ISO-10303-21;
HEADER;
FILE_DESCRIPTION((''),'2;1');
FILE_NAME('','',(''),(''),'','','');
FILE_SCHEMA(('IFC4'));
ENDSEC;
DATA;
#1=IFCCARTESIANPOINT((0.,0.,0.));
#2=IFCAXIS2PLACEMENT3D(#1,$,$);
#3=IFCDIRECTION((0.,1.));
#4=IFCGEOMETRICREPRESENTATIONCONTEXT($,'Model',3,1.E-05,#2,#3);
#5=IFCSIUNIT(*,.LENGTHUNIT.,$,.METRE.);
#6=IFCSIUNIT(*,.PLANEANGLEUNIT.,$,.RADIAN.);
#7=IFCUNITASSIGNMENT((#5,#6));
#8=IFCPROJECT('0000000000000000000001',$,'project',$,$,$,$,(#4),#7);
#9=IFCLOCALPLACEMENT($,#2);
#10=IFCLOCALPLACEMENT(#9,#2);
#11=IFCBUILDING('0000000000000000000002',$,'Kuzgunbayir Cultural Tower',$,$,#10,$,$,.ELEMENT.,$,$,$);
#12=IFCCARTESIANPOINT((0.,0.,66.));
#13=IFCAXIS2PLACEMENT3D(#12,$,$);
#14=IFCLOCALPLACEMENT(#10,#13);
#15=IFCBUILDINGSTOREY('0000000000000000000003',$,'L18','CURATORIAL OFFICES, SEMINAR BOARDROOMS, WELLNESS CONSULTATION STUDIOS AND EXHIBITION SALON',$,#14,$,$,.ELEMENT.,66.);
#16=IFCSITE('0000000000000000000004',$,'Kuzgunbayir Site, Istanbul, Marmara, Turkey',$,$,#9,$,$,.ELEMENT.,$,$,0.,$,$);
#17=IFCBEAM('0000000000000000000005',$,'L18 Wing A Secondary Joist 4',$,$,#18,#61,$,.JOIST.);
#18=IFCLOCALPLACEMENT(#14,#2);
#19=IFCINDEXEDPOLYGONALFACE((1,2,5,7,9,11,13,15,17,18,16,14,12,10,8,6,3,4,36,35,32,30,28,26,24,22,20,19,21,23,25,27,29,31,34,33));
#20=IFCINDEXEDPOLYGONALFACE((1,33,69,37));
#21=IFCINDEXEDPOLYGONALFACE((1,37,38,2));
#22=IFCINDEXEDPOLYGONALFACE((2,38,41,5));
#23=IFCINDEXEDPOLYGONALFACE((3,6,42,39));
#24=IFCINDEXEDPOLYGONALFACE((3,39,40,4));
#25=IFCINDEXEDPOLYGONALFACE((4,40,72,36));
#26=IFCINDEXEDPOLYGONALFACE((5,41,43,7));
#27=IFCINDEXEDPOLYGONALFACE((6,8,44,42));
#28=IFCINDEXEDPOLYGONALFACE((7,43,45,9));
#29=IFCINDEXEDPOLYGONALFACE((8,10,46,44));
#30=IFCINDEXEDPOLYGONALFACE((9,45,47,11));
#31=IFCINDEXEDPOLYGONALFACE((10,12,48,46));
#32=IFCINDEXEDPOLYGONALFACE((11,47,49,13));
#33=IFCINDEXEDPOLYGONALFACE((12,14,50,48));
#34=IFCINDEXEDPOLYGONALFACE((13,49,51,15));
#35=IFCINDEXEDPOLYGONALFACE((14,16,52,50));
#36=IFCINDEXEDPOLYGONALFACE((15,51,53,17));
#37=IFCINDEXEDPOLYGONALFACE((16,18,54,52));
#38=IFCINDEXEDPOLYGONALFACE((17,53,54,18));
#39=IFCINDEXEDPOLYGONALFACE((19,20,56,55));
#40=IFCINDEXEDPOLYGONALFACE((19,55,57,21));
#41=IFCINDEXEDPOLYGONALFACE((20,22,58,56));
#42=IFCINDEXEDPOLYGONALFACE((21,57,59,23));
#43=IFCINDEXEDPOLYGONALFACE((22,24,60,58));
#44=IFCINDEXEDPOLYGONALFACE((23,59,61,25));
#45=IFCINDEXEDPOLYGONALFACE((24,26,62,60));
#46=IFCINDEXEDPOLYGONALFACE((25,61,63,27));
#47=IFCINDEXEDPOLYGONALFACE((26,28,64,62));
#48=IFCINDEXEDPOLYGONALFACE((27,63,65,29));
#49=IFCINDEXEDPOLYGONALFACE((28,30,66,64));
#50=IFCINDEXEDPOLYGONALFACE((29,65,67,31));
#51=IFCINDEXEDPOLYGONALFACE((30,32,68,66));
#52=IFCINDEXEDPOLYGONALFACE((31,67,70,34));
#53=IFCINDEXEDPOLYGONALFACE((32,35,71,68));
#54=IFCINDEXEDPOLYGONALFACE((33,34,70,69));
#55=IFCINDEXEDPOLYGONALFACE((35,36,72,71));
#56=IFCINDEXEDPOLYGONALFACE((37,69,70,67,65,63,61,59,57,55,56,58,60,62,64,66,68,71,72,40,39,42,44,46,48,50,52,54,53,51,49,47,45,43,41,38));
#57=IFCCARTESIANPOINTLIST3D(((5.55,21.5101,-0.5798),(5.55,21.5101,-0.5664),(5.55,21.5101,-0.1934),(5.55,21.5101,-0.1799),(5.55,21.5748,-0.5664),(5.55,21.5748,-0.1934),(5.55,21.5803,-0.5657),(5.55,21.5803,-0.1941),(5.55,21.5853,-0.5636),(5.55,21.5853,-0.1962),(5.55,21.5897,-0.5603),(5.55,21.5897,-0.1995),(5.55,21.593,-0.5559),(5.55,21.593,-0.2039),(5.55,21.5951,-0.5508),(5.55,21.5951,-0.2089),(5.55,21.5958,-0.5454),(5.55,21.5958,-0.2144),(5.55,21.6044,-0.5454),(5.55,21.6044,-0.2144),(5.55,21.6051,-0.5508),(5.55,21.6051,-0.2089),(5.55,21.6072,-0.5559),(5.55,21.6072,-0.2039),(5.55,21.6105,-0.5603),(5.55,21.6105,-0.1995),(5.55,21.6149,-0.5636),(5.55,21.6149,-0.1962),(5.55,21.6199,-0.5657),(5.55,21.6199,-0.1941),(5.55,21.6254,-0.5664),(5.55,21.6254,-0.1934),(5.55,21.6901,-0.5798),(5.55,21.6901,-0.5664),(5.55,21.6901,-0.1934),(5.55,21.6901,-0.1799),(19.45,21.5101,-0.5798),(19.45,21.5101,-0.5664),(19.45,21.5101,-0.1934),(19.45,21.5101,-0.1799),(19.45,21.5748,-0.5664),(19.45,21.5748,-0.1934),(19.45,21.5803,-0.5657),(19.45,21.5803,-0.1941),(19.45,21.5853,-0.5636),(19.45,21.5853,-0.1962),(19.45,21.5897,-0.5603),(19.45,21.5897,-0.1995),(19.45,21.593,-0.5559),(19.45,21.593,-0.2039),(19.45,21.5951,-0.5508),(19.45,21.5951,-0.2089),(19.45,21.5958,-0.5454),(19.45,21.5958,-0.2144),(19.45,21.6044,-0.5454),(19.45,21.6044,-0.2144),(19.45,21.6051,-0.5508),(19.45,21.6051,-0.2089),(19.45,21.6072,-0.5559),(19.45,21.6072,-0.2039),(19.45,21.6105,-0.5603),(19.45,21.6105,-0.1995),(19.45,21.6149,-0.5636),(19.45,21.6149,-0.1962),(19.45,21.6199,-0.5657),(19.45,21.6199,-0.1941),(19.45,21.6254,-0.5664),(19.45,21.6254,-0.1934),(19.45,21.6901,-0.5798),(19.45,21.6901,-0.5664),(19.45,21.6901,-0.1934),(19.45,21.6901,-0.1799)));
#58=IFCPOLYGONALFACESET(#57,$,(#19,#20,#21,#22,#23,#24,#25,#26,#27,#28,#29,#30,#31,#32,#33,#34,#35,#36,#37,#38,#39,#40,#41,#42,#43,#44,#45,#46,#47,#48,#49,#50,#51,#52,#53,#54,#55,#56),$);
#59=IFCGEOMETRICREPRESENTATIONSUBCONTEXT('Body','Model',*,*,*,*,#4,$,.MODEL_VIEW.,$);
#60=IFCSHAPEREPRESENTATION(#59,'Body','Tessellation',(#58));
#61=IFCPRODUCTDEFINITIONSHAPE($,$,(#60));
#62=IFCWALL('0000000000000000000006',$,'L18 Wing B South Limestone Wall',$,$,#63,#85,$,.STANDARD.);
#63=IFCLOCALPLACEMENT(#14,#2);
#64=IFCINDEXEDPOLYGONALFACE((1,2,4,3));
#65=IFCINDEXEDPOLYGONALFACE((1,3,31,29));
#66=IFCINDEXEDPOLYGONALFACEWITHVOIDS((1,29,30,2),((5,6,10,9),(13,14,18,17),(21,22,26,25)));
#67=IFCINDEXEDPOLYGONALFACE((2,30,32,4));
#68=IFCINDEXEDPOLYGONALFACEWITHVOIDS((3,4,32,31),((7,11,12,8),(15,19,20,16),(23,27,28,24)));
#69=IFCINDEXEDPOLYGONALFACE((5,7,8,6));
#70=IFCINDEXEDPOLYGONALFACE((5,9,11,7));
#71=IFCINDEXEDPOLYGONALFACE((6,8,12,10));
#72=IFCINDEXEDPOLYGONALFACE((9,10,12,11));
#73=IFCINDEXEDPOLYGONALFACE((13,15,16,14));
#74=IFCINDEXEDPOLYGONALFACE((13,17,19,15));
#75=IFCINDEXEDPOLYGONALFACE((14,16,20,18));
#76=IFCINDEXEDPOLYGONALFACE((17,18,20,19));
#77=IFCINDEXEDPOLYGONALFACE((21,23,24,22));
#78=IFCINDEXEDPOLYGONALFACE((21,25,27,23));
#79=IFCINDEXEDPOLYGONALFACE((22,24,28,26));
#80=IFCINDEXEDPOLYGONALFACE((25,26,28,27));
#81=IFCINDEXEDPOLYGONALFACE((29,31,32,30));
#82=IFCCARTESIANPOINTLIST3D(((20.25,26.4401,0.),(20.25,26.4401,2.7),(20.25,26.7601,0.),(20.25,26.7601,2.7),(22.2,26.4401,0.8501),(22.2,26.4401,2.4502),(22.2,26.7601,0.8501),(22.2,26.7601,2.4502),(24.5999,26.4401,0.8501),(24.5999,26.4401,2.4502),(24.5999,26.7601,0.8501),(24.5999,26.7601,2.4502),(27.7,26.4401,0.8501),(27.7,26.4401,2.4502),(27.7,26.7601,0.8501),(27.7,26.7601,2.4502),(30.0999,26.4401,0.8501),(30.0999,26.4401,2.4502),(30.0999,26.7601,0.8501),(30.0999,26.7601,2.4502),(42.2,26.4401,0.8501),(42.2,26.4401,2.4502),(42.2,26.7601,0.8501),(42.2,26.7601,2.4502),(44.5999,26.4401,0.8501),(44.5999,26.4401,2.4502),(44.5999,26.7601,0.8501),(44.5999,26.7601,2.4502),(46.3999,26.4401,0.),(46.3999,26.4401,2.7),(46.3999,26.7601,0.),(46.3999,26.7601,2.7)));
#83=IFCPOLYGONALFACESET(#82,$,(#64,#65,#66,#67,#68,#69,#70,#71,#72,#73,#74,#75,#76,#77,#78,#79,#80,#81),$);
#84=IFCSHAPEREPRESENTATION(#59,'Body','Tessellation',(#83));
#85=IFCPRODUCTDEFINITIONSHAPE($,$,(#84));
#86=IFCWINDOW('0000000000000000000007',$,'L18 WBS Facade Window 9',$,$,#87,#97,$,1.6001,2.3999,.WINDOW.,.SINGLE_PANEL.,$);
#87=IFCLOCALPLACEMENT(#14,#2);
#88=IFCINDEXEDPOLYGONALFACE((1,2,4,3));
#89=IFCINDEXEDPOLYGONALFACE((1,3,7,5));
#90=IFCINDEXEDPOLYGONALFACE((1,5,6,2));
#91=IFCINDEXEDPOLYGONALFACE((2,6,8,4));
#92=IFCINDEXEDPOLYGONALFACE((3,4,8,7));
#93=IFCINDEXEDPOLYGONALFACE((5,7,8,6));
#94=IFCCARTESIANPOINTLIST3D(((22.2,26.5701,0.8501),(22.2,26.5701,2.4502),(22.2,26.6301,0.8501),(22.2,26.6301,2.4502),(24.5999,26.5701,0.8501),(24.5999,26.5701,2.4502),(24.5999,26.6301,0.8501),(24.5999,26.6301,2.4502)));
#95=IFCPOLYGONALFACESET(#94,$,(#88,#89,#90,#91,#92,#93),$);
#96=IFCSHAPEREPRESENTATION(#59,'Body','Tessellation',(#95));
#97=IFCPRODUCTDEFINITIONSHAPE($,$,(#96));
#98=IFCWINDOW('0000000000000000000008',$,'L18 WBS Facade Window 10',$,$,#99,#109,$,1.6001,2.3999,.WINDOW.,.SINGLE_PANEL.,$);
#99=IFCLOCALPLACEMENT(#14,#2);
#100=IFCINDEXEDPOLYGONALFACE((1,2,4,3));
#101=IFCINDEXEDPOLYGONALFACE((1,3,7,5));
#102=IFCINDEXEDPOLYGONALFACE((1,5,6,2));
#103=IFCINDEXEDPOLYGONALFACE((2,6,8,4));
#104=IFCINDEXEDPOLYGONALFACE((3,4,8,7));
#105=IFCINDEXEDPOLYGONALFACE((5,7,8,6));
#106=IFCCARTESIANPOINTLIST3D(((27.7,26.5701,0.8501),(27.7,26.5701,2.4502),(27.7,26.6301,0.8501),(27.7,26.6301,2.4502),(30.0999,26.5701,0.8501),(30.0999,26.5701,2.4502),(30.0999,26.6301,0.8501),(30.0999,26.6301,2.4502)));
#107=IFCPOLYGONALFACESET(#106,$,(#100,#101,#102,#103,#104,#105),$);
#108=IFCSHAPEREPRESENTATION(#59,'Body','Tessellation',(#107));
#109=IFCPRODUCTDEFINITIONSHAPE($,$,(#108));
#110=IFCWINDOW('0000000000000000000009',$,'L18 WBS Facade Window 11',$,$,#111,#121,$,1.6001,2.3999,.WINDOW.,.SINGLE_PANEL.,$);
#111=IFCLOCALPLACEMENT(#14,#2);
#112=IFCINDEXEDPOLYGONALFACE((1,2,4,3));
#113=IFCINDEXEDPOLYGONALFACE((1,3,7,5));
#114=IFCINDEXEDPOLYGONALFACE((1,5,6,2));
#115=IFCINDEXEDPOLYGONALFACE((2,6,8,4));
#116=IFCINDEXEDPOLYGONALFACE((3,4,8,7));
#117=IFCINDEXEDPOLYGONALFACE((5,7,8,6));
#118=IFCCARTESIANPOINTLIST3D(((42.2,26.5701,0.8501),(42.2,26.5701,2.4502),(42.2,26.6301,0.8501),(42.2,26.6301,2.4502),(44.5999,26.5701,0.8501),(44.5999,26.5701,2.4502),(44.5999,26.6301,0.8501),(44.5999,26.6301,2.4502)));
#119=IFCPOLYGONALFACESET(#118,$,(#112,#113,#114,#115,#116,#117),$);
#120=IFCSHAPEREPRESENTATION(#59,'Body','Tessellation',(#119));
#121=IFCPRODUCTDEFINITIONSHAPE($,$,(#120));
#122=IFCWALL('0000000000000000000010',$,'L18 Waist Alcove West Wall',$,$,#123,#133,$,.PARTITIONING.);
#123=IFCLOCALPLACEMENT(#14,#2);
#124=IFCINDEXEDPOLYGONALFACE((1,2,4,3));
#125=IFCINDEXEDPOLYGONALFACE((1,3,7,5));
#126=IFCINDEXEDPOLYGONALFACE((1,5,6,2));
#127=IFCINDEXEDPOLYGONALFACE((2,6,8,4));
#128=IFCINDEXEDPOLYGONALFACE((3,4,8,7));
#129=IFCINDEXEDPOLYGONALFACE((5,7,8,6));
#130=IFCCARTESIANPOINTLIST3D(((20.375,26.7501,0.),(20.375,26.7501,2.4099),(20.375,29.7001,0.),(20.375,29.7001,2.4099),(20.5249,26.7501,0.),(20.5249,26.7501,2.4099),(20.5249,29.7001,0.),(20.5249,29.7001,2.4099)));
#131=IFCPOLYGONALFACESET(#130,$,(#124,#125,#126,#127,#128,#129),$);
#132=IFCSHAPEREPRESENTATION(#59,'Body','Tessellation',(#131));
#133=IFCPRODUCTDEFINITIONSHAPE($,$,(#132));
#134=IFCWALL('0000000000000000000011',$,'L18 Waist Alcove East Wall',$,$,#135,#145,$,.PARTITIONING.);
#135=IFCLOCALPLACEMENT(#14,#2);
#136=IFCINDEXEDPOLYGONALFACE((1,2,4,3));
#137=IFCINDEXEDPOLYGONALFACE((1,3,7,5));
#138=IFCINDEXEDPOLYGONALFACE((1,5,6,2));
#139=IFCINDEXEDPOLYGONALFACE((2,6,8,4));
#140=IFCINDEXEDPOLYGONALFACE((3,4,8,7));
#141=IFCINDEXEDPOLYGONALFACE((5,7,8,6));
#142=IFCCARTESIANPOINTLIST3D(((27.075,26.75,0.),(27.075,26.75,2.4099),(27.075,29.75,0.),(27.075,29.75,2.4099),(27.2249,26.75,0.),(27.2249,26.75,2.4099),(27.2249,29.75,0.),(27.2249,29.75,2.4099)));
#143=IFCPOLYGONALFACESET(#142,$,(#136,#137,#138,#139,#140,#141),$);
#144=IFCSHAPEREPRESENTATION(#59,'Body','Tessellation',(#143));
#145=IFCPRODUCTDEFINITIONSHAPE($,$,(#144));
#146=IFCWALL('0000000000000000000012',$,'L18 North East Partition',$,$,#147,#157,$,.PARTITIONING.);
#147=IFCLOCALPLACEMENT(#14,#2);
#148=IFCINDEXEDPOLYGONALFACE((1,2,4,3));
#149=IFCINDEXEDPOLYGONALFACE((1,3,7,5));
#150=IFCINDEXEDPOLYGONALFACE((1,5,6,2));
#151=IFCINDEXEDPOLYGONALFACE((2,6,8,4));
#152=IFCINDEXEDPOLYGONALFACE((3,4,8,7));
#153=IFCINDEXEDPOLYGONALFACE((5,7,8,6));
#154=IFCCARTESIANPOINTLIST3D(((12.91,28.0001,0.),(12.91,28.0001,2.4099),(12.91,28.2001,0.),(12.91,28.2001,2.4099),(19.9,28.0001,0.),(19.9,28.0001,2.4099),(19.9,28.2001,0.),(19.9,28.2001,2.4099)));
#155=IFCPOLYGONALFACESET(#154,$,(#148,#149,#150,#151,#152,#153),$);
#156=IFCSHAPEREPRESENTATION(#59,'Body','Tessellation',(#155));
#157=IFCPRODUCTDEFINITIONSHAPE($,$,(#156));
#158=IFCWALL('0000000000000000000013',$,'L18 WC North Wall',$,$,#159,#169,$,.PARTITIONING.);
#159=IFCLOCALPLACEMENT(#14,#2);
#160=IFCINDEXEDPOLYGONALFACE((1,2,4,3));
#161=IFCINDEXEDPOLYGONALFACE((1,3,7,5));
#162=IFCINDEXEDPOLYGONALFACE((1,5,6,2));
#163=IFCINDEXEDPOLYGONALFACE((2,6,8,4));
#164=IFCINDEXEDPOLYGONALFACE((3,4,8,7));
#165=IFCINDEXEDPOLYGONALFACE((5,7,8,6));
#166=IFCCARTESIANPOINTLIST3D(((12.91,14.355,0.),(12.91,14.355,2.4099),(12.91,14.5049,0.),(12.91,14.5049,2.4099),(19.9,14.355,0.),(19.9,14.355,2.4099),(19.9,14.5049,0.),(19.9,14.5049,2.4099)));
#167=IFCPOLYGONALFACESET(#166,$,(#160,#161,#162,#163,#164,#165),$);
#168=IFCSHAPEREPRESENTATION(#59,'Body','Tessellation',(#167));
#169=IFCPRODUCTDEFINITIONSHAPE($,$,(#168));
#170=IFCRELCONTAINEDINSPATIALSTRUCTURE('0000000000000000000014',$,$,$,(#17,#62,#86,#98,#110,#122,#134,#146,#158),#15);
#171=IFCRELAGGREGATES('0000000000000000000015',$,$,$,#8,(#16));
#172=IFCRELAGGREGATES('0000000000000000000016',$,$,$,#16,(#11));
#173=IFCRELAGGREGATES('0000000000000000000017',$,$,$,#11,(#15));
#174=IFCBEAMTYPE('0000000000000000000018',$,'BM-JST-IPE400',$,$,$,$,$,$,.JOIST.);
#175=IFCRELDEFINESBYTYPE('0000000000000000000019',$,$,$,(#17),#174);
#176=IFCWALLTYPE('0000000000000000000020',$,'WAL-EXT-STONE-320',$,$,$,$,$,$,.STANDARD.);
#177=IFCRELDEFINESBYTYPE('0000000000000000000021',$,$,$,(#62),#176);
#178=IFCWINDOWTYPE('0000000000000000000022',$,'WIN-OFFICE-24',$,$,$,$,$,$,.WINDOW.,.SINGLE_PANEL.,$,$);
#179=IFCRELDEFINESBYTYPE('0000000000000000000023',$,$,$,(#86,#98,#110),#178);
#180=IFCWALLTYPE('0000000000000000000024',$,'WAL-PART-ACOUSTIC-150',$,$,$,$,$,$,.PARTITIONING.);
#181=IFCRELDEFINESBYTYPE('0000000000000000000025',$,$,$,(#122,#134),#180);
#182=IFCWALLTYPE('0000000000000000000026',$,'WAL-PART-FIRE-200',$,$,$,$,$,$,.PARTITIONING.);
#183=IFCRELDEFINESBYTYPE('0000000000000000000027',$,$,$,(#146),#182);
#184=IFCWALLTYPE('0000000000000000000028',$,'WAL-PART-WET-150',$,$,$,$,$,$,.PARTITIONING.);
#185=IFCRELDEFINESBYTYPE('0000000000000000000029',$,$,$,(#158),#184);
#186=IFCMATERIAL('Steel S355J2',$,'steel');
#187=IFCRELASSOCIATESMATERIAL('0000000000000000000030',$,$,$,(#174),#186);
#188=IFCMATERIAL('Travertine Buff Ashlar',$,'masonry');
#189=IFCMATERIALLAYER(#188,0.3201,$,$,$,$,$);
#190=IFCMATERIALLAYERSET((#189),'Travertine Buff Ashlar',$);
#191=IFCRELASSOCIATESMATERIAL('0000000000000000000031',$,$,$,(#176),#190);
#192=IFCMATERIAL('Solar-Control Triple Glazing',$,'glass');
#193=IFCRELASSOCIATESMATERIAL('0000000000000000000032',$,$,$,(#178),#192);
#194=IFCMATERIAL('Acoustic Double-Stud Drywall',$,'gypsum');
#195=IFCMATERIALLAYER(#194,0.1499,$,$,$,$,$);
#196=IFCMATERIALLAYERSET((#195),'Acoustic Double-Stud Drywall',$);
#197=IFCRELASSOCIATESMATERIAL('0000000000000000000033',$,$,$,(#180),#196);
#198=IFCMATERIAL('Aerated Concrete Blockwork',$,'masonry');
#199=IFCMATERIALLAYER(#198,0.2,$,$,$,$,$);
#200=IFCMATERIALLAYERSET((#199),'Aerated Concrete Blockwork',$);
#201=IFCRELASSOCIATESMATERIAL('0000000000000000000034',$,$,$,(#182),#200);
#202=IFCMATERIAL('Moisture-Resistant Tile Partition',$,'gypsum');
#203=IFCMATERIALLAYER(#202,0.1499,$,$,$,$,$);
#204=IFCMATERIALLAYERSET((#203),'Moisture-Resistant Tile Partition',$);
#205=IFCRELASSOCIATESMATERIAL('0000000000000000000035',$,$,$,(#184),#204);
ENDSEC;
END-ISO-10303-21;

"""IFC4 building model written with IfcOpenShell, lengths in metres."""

from ifc_helpers import new_model, si_unit, direction, frame, frame_2d, origin, origin_2d, place, context, subcontext, project, spatial, rectangle, i_section, extrude, material, layer, layer_set, material_profile, profile_set, type_object, element, fill, save


model = new_model("IFC4")

# Units and contexts
model_context = context("Model", 3, precision=1e-05, world=origin(), true_north=direction((0.0, 1.0)))
body_context = subcontext(model_context, "Body", "Model", "MODEL_VIEW")
ifc_project = project(units=[si_unit("LENGTHUNIT", "METRE"), si_unit("PLANEANGLEUNIT", "RADIAN")], contexts=[model_context])

# Site, building, storey
site_placement = place(None, origin())
site = spatial("IfcSite", under=ifc_project, at=site_placement, Name="Kuzgunbayir Site, Istanbul, Marmara, Turkey", CompositionType="ELEMENT", RefElevation=0.0)
building_placement = place(site_placement, origin())
building = spatial("IfcBuilding", under=site, at=building_placement, Name="Kuzgunbayir Cultural Tower", CompositionType="ELEMENT")
storey_placement = place(building_placement, frame((0.0, 0.0, 66.0)))
storey = spatial("IfcBuildingStorey", under=building, at=storey_placement, Name="L18", Description="CURATORIAL OFFICES, SEMINAR BOARDROOMS, WELLNESS CONSULTATION STUDIOS AND EXHIBITION SALON", CompositionType="ELEMENT", Elevation=66.0)

# Beam
ifc_material_1 = material(Name="Steel S355J2", Category="steel")
ifc_material_profile_1 = material_profile(ifc_material_1, i_section(OverallWidth=0.1799, OverallDepth=0.3999, WebThickness=0.0085, FlangeThickness=0.0134, FilletRadius=0.021, at=origin_2d()), Name="IPE 400")
ifc_profile_set_1 = profile_set([ifc_material_profile_1], Name="Steel S355J2")
beam_type_1 = type_object("IfcBeamType", Name="BM-JST-IPE400", PredefinedType="JOIST", material=ifc_profile_set_1)
for number, where, z_axis, x_axis, name in (
    (1, (5.55, 21.6001, -0.3799), (1.0, 0.0, 0.0), (0.0, 1.0, 0.0), "L18 Wing A Secondary Joist 4"),
):
    element("IfcBeam", number, at=place(storey_placement, frame(where, z_axis=z_axis, x_axis=x_axis)), inside=storey, type_object=beam_type_1, Name=name, PredefinedType="JOIST", context=body_context, shape_type="SweptSolid", body=[
        extrude(i_section(OverallWidth=0.1799, OverallDepth=0.3999, WebThickness=0.0085, FlangeThickness=0.0134, FilletRadius=0.021, at=origin_2d()), origin(), (0.0, 0.0, 1.0), 13.8999),
    ])

# Wall, openings, windows
ifc_material_2 = material(Name="Travertine Buff Ashlar", Category="masonry")
ifc_layer_1 = layer(ifc_material_2, 0.3201)
ifc_layer_set_1 = layer_set([ifc_layer_1], Name="Travertine Buff Ashlar")
wall_type_1 = type_object("IfcWallType", Name="WAL-EXT-STONE-320", PredefinedType="STANDARD", material=ifc_layer_set_1)
wall_1_placement = place(storey_placement, frame((20.25, 26.6001, 0.0), z_axis=(0.0, 0.0, 1.0), x_axis=(1.0, 0.0, 0.0)))
wall_1 = element("IfcWall", 2, at=wall_1_placement, inside=storey, type_object=wall_type_1, Name="L18 Wing B South Limestone Wall", PredefinedType="STANDARD", context=body_context, shape_type="SweptSolid", body=[
    extrude(rectangle(XDim=26.1499, YDim=0.3201, at=frame_2d((13.075, 0.0))), origin(), (0.0, 0.0, 1.0), 2.7),
])
opening_1_placement = place(wall_1_placement, frame((1.95, 0.0, 0.8501)))
opening_1 = element("IfcOpeningElement", 3, at=opening_1_placement, cuts=wall_1, PredefinedType="OPENING", context=body_context, shape_type="SweptSolid", body=[
    extrude(rectangle(XDim=2.3999, YDim=1.6001, at=frame_2d((1.2, 0.8))), frame((0.0, 0.1699, 0.0), z_axis=(0.0, -1.0, 0.0), x_axis=(1.0, 0.0, 0.0)), (0.0, 0.0, 1.0), 0.3401),
])
opening_2_placement = place(wall_1_placement, frame((7.45, 0.0, 0.8501)))
opening_2 = element("IfcOpeningElement", 4, at=opening_2_placement, cuts=wall_1, PredefinedType="OPENING", context=body_context, shape_type="SweptSolid", body=[
    extrude(rectangle(XDim=2.3999, YDim=1.6001, at=frame_2d((1.2, 0.8))), frame((0.0, 0.1699, 0.0), z_axis=(0.0, -1.0, 0.0), x_axis=(1.0, 0.0, 0.0)), (0.0, 0.0, 1.0), 0.3401),
])
opening_3_placement = place(wall_1_placement, frame((21.95, 0.0, 0.8501)))
opening_3 = element("IfcOpeningElement", 5, at=opening_3_placement, cuts=wall_1, PredefinedType="OPENING", context=body_context, shape_type="SweptSolid", body=[
    extrude(rectangle(XDim=2.3999, YDim=1.6001, at=frame_2d((1.2, 0.8))), frame((0.0, 0.1699, 0.0), z_axis=(0.0, -1.0, 0.0), x_axis=(1.0, 0.0, 0.0)), (0.0, 0.0, 1.0), 0.3401),
])
ifc_material_3 = material(Name="Solar-Control Triple Glazing", Category="glass")
window_type = type_object("IfcWindowType", Name="WIN-OFFICE-24", PartitioningType="SINGLE_PANEL", PredefinedType="WINDOW", material=ifc_material_3)
window_1_placement = place(opening_1_placement, origin())
window_1 = element("IfcWindow", 6, at=window_1_placement, inside=storey, type_object=window_type, Name="L18 WBS Facade Window 9", OverallHeight=1.6001, OverallWidth=2.3999, PartitioningType="SINGLE_PANEL", PredefinedType="WINDOW", context=body_context, shape_type="SweptSolid", body=[
    extrude(rectangle(XDim=2.3999, YDim=1.6001, at=frame_2d((1.2, 0.8))), frame((0.0, 0.03, 0.0), z_axis=(0.0, -1.0, 0.0), x_axis=(1.0, 0.0, 0.0)), (0.0, 0.0, 1.0), 0.0601),
])
fill(opening_1, window_1)
window_2_placement = place(opening_2_placement, origin())
window_2 = element("IfcWindow", 7, at=window_2_placement, inside=storey, type_object=window_type, Name="L18 WBS Facade Window 10", OverallHeight=1.6001, OverallWidth=2.3999, PartitioningType="SINGLE_PANEL", PredefinedType="WINDOW", context=body_context, shape_type="SweptSolid", body=[
    extrude(rectangle(XDim=2.3999, YDim=1.6001, at=frame_2d((1.2, 0.8))), frame((0.0, 0.03, 0.0), z_axis=(0.0, -1.0, 0.0), x_axis=(1.0, 0.0, 0.0)), (0.0, 0.0, 1.0), 0.0601),
])
fill(opening_2, window_2)
window_3_placement = place(opening_3_placement, origin())
window_3 = element("IfcWindow", 8, at=window_3_placement, inside=storey, type_object=window_type, Name="L18 WBS Facade Window 11", OverallHeight=1.6001, OverallWidth=2.3999, PartitioningType="SINGLE_PANEL", PredefinedType="WINDOW", context=body_context, shape_type="SweptSolid", body=[
    extrude(rectangle(XDim=2.3999, YDim=1.6001, at=frame_2d((1.2, 0.8))), frame((0.0, 0.03, 0.0), z_axis=(0.0, -1.0, 0.0), x_axis=(1.0, 0.0, 0.0)), (0.0, 0.0, 1.0), 0.0601),
])
fill(opening_3, window_3)

# Walls
ifc_material_4 = material(Name="Acoustic Double-Stud Drywall", Category="gypsum")
ifc_layer_2 = layer(ifc_material_4, 0.1499)
ifc_layer_set_2 = layer_set([ifc_layer_2], Name="Acoustic Double-Stud Drywall")
wall_type_2 = type_object("IfcWallType", Name="WAL-PART-ACOUSTIC-150", PredefinedType="PARTITIONING", material=ifc_layer_set_2)
wall_2_placement = place(storey_placement, frame((20.45, 26.75, 0.0), z_axis=(0.0, 0.0, 1.0), x_axis=(0.0, 1.0, 0.0)))
element("IfcWall", 9, at=wall_2_placement, inside=storey, type_object=wall_type_2, Name="L18 Waist Alcove West Wall", PredefinedType="PARTITIONING", context=body_context, shape_type="SweptSolid", body=[
    extrude(rectangle(XDim=2.95, YDim=0.1499, at=frame_2d((1.4751, 0.0))), origin(), (0.0, 0.0, 1.0), 2.4099),
])
wall_3_placement = place(storey_placement, frame((27.1499, 26.75, 0.0), z_axis=(0.0, 0.0, 1.0), x_axis=(0.0, 1.0, 0.0)))
element("IfcWall", 10, at=wall_3_placement, inside=storey, type_object=wall_type_2, Name="L18 Waist Alcove East Wall", PredefinedType="PARTITIONING", context=body_context, shape_type="SweptSolid", body=[
    extrude(rectangle(XDim=3.0, YDim=0.1499, at=frame_2d((1.5, 0.0))), origin(), (0.0, 0.0, 1.0), 2.4099),
])
ifc_material_5 = material(Name="Aerated Concrete Blockwork", Category="masonry")
ifc_layer_3 = layer(ifc_material_5, 0.2)
ifc_layer_set_3 = layer_set([ifc_layer_3], Name="Aerated Concrete Blockwork")
wall_type_3 = type_object("IfcWallType", Name="WAL-PART-FIRE-200", PredefinedType="PARTITIONING", material=ifc_layer_set_3)
wall_4_placement = place(storey_placement, frame((12.9099, 28.1001, 0.0), z_axis=(0.0, 0.0, 1.0), x_axis=(1.0, 0.0, 0.0)))
element("IfcWall", 11, at=wall_4_placement, inside=storey, type_object=wall_type_3, Name="L18 North East Partition", PredefinedType="PARTITIONING", context=body_context, shape_type="SweptSolid", body=[
    extrude(rectangle(XDim=6.99, YDim=0.2, at=frame_2d((3.4951, 0.0))), origin(), (0.0, 0.0, 1.0), 2.4099),
])
ifc_material_6 = material(Name="Moisture-Resistant Tile Partition", Category="gypsum")
ifc_layer_4 = layer(ifc_material_6, 0.1499)
ifc_layer_set_4 = layer_set([ifc_layer_4], Name="Moisture-Resistant Tile Partition")
wall_type_4 = type_object("IfcWallType", Name="WAL-PART-WET-150", PredefinedType="PARTITIONING", material=ifc_layer_set_4)
for number, where, z_axis, x_axis, name in (
    (12, (12.9099, 14.4299, 0.0), (0.0, 0.0, 1.0), (1.0, 0.0, 0.0), "L18 WC North Wall"),
):
    element("IfcWall", number, at=place(storey_placement, frame(where, z_axis=z_axis, x_axis=x_axis)), inside=storey, type_object=wall_type_4, Name=name, PredefinedType="PARTITIONING", context=body_context, shape_type="SweptSolid", body=[
        extrude(rectangle(XDim=6.99, YDim=0.1499, at=frame_2d((3.4951, 0.0))), origin(), (0.0, 0.0, 1.0), 2.4099),
    ])

save(model, "model.ifc")
